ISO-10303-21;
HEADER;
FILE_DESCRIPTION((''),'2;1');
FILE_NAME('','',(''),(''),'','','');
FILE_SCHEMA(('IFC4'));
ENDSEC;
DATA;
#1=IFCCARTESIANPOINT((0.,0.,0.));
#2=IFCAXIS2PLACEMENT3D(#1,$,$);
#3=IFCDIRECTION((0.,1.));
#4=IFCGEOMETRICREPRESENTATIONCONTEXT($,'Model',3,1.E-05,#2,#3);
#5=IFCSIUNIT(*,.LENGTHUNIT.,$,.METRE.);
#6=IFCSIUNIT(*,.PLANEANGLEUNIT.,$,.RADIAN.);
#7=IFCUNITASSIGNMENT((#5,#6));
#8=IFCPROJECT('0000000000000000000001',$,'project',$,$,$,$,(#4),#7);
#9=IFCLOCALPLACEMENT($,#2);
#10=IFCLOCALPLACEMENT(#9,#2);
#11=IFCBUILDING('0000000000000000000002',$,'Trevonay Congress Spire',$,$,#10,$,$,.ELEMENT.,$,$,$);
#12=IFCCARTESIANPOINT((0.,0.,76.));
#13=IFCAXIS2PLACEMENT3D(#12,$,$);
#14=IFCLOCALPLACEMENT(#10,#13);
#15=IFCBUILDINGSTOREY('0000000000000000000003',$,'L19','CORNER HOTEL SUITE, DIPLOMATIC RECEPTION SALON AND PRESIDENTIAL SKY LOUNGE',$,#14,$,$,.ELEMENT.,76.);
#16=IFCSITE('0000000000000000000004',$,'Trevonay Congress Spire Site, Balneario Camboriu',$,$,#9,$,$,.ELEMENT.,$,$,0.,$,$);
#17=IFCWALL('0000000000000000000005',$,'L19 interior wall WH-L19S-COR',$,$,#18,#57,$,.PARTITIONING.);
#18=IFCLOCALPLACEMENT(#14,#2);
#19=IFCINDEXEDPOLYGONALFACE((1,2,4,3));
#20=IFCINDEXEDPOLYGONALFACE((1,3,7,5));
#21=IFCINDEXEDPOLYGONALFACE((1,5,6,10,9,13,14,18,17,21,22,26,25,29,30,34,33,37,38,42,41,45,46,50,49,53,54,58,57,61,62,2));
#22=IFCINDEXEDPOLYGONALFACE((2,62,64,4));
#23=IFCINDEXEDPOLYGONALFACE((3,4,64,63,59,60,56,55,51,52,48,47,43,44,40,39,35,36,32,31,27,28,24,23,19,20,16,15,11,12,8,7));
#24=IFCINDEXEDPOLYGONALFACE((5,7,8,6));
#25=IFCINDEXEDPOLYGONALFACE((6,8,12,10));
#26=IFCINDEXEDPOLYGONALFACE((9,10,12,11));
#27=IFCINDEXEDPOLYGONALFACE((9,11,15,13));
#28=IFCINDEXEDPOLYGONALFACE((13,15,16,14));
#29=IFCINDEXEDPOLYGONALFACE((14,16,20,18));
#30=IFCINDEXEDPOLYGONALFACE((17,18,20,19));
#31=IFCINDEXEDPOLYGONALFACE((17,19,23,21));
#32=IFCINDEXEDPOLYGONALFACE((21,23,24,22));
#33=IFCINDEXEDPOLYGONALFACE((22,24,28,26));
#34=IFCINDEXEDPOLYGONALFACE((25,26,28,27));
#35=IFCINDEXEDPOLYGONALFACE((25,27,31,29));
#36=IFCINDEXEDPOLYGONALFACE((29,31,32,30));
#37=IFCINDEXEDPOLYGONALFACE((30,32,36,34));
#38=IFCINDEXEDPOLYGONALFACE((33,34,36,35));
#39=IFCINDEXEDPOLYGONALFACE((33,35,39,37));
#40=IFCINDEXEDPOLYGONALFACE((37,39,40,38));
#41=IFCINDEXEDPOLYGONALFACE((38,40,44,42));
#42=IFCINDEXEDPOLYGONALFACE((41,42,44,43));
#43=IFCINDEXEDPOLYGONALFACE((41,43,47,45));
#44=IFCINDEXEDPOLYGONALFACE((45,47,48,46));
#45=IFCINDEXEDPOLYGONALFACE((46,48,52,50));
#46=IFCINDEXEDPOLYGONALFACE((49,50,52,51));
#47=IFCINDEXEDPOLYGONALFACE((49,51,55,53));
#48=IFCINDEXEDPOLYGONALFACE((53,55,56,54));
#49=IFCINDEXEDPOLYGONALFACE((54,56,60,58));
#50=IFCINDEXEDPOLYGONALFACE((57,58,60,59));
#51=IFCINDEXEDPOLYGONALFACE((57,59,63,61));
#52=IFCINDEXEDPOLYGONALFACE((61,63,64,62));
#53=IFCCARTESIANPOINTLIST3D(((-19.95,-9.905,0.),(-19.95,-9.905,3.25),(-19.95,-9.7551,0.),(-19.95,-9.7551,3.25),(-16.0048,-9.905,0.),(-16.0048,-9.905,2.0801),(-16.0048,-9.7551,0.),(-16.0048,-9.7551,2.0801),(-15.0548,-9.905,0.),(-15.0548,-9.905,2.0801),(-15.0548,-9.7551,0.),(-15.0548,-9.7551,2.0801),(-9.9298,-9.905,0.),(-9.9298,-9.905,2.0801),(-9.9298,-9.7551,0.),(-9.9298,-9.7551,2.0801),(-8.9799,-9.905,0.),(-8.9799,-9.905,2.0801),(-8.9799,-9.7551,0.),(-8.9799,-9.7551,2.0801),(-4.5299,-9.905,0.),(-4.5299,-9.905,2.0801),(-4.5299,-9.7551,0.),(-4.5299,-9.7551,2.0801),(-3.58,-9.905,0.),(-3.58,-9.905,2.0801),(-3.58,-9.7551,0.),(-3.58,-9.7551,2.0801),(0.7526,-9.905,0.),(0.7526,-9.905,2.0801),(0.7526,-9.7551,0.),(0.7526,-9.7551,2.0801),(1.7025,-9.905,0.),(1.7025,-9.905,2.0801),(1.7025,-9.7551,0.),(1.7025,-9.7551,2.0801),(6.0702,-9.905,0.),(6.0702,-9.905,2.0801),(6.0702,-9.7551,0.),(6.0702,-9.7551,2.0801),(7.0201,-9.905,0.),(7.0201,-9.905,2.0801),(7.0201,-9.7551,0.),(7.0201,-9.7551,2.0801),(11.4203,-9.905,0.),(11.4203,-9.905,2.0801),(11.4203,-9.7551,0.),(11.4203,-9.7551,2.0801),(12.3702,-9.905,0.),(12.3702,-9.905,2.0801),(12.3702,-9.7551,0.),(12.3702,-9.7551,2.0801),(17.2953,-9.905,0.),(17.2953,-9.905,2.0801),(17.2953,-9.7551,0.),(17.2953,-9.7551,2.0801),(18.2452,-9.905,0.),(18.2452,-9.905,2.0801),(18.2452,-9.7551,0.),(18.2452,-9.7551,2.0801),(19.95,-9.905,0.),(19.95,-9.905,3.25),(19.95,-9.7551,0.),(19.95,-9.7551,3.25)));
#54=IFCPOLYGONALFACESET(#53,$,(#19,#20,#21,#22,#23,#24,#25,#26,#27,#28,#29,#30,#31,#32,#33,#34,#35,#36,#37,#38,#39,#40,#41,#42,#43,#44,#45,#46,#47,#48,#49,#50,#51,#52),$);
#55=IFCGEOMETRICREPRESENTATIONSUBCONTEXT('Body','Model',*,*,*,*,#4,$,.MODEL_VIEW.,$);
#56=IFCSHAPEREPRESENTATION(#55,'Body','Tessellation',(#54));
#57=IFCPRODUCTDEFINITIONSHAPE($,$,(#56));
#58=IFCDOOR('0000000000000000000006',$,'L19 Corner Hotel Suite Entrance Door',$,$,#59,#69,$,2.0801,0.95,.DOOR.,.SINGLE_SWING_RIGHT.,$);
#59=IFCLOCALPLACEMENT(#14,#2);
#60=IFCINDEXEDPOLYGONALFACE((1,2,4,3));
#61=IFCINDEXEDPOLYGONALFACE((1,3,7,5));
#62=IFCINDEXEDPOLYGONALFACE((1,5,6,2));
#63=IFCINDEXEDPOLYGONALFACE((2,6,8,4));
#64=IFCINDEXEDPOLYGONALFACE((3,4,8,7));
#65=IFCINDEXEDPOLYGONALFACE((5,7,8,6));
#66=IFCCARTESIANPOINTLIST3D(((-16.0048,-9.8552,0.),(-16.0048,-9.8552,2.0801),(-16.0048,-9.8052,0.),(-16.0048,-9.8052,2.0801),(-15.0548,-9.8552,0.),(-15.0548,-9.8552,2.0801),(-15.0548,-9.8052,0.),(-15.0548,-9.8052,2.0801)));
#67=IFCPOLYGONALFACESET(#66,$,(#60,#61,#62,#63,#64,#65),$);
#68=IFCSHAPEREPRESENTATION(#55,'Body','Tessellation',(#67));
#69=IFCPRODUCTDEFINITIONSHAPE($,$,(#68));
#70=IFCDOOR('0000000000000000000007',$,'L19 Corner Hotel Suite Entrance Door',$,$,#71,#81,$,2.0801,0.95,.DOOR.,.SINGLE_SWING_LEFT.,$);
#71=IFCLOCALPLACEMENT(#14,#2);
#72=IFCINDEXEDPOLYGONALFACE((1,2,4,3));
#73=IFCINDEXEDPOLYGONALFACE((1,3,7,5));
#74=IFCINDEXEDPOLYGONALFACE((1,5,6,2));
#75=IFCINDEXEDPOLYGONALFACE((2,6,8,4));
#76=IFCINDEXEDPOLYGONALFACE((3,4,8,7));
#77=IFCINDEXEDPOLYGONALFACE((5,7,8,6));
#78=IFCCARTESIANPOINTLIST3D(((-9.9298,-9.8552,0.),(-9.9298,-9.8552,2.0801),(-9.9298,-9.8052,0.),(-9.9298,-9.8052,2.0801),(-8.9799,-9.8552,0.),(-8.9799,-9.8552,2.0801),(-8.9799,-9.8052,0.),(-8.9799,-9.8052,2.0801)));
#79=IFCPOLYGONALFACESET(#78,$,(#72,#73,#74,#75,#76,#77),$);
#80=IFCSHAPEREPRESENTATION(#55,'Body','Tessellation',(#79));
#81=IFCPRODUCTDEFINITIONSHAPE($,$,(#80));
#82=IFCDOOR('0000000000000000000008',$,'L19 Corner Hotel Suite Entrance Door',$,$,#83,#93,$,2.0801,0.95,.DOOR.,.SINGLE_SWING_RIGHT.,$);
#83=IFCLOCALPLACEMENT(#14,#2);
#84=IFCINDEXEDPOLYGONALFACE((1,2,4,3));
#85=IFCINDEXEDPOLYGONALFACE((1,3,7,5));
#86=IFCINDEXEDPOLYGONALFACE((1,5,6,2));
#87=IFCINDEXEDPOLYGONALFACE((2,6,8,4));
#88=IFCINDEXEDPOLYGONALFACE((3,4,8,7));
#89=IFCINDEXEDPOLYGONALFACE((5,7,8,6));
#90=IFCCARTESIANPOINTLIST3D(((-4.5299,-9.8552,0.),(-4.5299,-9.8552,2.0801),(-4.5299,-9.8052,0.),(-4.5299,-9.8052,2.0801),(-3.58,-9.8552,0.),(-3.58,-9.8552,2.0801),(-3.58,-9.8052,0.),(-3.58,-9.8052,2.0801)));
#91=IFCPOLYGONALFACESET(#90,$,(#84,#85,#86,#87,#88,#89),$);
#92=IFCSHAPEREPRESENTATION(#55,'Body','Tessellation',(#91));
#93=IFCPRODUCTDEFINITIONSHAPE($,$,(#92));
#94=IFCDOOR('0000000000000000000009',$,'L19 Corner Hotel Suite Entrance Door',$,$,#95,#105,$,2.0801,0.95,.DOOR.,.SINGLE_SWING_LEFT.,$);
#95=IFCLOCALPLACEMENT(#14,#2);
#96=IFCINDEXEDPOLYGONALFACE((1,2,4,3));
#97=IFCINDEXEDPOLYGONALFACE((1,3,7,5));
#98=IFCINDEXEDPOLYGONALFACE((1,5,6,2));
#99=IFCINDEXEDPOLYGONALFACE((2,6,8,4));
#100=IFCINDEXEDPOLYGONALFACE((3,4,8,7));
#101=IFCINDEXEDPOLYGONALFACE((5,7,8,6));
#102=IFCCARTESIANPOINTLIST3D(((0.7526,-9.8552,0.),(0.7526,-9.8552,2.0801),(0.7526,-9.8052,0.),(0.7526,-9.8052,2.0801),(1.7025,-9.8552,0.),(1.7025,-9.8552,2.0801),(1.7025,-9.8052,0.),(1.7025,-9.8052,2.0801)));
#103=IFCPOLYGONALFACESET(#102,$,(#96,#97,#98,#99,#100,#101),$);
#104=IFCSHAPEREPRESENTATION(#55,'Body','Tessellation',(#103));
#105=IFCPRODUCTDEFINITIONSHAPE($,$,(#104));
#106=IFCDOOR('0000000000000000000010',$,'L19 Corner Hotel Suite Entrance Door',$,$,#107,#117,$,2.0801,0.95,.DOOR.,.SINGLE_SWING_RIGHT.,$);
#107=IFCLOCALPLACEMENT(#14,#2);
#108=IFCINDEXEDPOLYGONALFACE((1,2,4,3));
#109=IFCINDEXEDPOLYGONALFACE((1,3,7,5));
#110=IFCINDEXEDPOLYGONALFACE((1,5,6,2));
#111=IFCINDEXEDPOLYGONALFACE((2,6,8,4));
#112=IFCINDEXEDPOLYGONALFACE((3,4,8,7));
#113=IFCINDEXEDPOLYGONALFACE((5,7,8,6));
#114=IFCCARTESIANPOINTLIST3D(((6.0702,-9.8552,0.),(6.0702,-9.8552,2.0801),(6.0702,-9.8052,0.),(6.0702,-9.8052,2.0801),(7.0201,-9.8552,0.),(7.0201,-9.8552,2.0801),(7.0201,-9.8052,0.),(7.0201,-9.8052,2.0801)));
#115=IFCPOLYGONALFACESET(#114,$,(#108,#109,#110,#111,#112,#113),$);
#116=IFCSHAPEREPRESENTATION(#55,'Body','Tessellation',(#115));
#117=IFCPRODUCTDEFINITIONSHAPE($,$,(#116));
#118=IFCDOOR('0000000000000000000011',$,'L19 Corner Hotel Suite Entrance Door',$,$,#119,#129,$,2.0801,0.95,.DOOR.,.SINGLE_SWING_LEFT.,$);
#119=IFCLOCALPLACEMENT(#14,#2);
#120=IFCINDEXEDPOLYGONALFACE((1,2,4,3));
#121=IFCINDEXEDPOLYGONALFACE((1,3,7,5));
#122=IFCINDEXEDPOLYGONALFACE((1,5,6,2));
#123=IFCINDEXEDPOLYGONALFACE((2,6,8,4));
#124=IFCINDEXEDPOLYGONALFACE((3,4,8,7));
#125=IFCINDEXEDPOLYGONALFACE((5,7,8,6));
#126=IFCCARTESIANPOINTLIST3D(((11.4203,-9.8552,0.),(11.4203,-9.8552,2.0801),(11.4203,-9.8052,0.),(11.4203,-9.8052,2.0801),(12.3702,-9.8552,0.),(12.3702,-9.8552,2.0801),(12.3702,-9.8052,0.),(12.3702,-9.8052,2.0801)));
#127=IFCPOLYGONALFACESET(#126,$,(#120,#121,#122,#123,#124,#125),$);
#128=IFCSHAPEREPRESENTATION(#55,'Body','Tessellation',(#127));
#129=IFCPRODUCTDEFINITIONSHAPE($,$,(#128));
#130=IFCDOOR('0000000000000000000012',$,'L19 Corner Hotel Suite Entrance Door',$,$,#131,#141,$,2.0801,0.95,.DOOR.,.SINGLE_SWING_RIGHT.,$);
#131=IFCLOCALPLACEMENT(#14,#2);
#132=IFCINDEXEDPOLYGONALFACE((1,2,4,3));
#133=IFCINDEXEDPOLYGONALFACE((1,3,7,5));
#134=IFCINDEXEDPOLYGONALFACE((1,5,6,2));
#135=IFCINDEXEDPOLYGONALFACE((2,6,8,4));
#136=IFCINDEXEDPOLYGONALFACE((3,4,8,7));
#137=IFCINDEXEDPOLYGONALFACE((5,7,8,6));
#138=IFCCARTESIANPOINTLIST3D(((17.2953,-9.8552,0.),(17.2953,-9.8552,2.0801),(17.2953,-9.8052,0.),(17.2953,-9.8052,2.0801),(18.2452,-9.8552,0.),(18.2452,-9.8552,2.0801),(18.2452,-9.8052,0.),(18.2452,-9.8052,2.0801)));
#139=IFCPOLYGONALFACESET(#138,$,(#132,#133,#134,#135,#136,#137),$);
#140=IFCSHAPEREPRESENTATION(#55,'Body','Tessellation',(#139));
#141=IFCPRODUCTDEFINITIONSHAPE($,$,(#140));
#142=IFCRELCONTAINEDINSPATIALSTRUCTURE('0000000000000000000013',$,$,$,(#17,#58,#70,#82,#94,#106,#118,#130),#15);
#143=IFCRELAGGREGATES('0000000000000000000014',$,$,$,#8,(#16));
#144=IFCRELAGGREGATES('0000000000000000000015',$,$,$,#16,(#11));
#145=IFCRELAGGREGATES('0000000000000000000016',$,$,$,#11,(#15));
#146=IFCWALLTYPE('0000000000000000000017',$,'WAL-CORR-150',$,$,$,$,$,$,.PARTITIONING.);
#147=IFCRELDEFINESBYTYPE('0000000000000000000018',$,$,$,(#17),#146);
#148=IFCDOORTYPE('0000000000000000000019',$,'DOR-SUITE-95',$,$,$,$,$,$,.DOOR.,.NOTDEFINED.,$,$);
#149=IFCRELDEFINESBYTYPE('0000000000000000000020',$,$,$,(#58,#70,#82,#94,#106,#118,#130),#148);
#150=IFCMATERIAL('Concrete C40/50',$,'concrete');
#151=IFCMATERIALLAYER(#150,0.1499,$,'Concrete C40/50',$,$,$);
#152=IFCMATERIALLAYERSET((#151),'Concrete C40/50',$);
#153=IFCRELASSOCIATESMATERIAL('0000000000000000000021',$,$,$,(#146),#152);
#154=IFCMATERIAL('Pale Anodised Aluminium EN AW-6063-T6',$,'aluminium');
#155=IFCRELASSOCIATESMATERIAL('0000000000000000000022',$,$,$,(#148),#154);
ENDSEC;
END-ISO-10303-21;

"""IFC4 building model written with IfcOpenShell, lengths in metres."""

from ifc_helpers import new_model, si_unit, direction, frame, frame_2d, origin, place, context, subcontext, project, spatial, rectangle, extrude, material, layer, layer_set, type_object, element, fill, save


model = new_model("IFC4")

# Units and contexts
model_context = context("Model", 3, precision=1e-05, world=origin(), true_north=direction((0.0, 1.0)))
body_context = subcontext(model_context, "Body", "Model", "MODEL_VIEW")
ifc_project = project(units=[si_unit("LENGTHUNIT", "METRE"), si_unit("PLANEANGLEUNIT", "RADIAN")], contexts=[model_context])

# Site, building, storey
site_placement = place(None, origin())
site = spatial("IfcSite", under=ifc_project, at=site_placement, Name="Trevonay Congress Spire Site, Balneario Camboriu", CompositionType="ELEMENT", RefElevation=0.0)
building_placement = place(site_placement, origin())
building = spatial("IfcBuilding", under=site, at=building_placement, Name="Trevonay Congress Spire", CompositionType="ELEMENT")
storey_placement = place(building_placement, frame((0.0, 0.0, 76.0)))
storey = spatial("IfcBuildingStorey", under=building, at=storey_placement, Name="L19", Description="CORNER HOTEL SUITE, DIPLOMATIC RECEPTION SALON AND PRESIDENTIAL SKY LOUNGE", CompositionType="ELEMENT", Elevation=76.0)

# Shared definitions
ifc_material_1 = material(Name="Pale Anodised Aluminium EN AW-6063-T6", Category="aluminium")

# Shared definitions
ifc_material_2 = material(Name="Concrete C40/50", Category="concrete")

# Wall, openings, doors
ifc_layer_1 = layer(ifc_material_2, 0.1499, Name="Concrete C40/50")
ifc_layer_set_1 = layer_set([ifc_layer_1], Name="Concrete C40/50")
wall_type_1 = type_object("IfcWallType", Name="WAL-CORR-150", PredefinedType="PARTITIONING", material=ifc_layer_set_1)
wall_1_placement = place(storey_placement, frame((-19.95, -9.8301, 0.0), z_axis=(0.0, 0.0, 1.0), x_axis=(1.0, 0.0, 0.0)))
wall_1 = element("IfcWall", 1, at=wall_1_placement, inside=storey, type_object=wall_type_1, Name="L19 interior wall WH-L19S-COR", PredefinedType="PARTITIONING", context=body_context, shape_type="SweptSolid", body=[
    extrude(rectangle(XDim=39.8999, YDim=0.1499, at=frame_2d((19.95, 0.0))), origin(), (0.0, 0.0, 1.0), 3.25),
])
opening_1_placement = place(wall_1_placement, frame((3.9451, 0.0, 0.0)))
opening_1 = element("IfcOpeningElement", 2, at=opening_1_placement, cuts=wall_1, PredefinedType="OPENING", context=body_context, shape_type="SweptSolid", body=[
    extrude(rectangle(XDim=0.95, YDim=2.0801, at=frame_2d((0.4751, 1.04))), frame((0.0, 0.085, 0.0), z_axis=(0.0, -1.0, 0.0), x_axis=(1.0, 0.0, 0.0)), (0.0, 0.0, 1.0), 0.1699),
])
opening_2_placement = place(wall_1_placement, frame((10.02, 0.0, 0.0)))
opening_2 = element("IfcOpeningElement", 3, at=opening_2_placement, cuts=wall_1, PredefinedType="OPENING", context=body_context, shape_type="SweptSolid", body=[
    extrude(rectangle(XDim=0.95, YDim=2.0801, at=frame_2d((0.4751, 1.04))), frame((0.0, 0.085, 0.0), z_axis=(0.0, -1.0, 0.0), x_axis=(1.0, 0.0, 0.0)), (0.0, 0.0, 1.0), 0.1699),
])
opening_3_placement = place(wall_1_placement, frame((15.4199, 0.0, 0.0)))
opening_3 = element("IfcOpeningElement", 4, at=opening_3_placement, cuts=wall_1, PredefinedType="OPENING", context=body_context, shape_type="SweptSolid", body=[
    extrude(rectangle(XDim=0.95, YDim=2.0801, at=frame_2d((0.4751, 1.04))), frame((0.0, 0.085, 0.0), z_axis=(0.0, -1.0, 0.0), x_axis=(1.0, 0.0, 0.0)), (0.0, 0.0, 1.0), 0.1699),
])
opening_4_placement = place(wall_1_placement, frame((20.7024, 0.0, 0.0)))
opening_4 = element("IfcOpeningElement", 5, at=opening_4_placement, cuts=wall_1, PredefinedType="OPENING", context=body_context, shape_type="SweptSolid", body=[
    extrude(rectangle(XDim=0.95, YDim=2.0801, at=frame_2d((0.4751, 1.04))), frame((0.0, 0.085, 0.0), z_axis=(0.0, -1.0, 0.0), x_axis=(1.0, 0.0, 0.0)), (0.0, 0.0, 1.0), 0.1699),
])
opening_5_placement = place(wall_1_placement, frame((26.02, 0.0, 0.0)))
opening_5 = element("IfcOpeningElement", 6, at=opening_5_placement, cuts=wall_1, PredefinedType="OPENING", context=body_context, shape_type="SweptSolid", body=[
    extrude(rectangle(XDim=0.95, YDim=2.0801, at=frame_2d((0.4751, 1.04))), frame((0.0, 0.085, 0.0), z_axis=(0.0, -1.0, 0.0), x_axis=(1.0, 0.0, 0.0)), (0.0, 0.0, 1.0), 0.1699),
])
opening_6_placement = place(wall_1_placement, frame((31.3701, 0.0, 0.0)))
opening_6 = element("IfcOpeningElement", 7, at=opening_6_placement, cuts=wall_1, PredefinedType="OPENING", context=body_context, shape_type="SweptSolid", body=[
    extrude(rectangle(XDim=0.95, YDim=2.0801, at=frame_2d((0.4751, 1.04))), frame((0.0, 0.085, 0.0), z_axis=(0.0, -1.0, 0.0), x_axis=(1.0, 0.0, 0.0)), (0.0, 0.0, 1.0), 0.1699),
])
opening_7_placement = place(wall_1_placement, frame((37.2451, 0.0, 0.0)))
opening_7 = element("IfcOpeningElement", 8, at=opening_7_placement, cuts=wall_1, PredefinedType="OPENING", context=body_context, shape_type="SweptSolid", body=[
    extrude(rectangle(XDim=0.95, YDim=2.0801, at=frame_2d((0.4751, 1.04))), frame((0.0, 0.085, 0.0), z_axis=(0.0, -1.0, 0.0), x_axis=(1.0, 0.0, 0.0)), (0.0, 0.0, 1.0), 0.1699),
])
door_type_1 = type_object("IfcDoorType", Name="DOR-SUITE-95", OperationType="NOTDEFINED", PredefinedType="DOOR", material=ifc_material_1)
door_1_placement = place(opening_1_placement, origin())
door_1 = element("IfcDoor", 9, at=door_1_placement, inside=storey, type_object=door_type_1, Name="L19 Corner Hotel Suite Entrance Door", OperationType="SINGLE_SWING_RIGHT", OverallHeight=2.0801, OverallWidth=0.95, PredefinedType="DOOR", context=body_context, shape_type="SweptSolid", body=[
    extrude(rectangle(XDim=0.95, YDim=2.0801, at=frame_2d((0.4751, 1.04))), frame((0.0, 0.0249, 0.0), z_axis=(0.0, -1.0, 0.0), x_axis=(1.0, 0.0, 0.0)), (0.0, 0.0, 1.0), 0.05),
])
fill(opening_1, door_1)
door_2_placement = place(opening_2_placement, origin())
door_2 = element("IfcDoor", 10, at=door_2_placement, inside=storey, type_object=door_type_1, Name="L19 Corner Hotel Suite Entrance Door", OperationType="SINGLE_SWING_LEFT", OverallHeight=2.0801, OverallWidth=0.95, PredefinedType="DOOR", context=body_context, shape_type="SweptSolid", body=[
    extrude(rectangle(XDim=0.95, YDim=2.0801, at=frame_2d((0.4751, 1.04))), frame((0.0, 0.0249, 0.0), z_axis=(0.0, -1.0, 0.0), x_axis=(1.0, 0.0, 0.0)), (0.0, 0.0, 1.0), 0.05),
])
fill(opening_2, door_2)
door_3_placement = place(opening_3_placement, origin())
door_3 = element("IfcDoor", 11, at=door_3_placement, inside=storey, type_object=door_type_1, Name="L19 Corner Hotel Suite Entrance Door", OperationType="SINGLE_SWING_RIGHT", OverallHeight=2.0801, OverallWidth=0.95, PredefinedType="DOOR", context=body_context, shape_type="SweptSolid", body=[
    extrude(rectangle(XDim=0.95, YDim=2.0801, at=frame_2d((0.4751, 1.04))), frame((0.0, 0.0249, 0.0), z_axis=(0.0, -1.0, 0.0), x_axis=(1.0, 0.0, 0.0)), (0.0, 0.0, 1.0), 0.05),
])
fill(opening_3, door_3)
door_4_placement = place(opening_4_placement, origin())
door_4 = element("IfcDoor", 12, at=door_4_placement, inside=storey, type_object=door_type_1, Name="L19 Corner Hotel Suite Entrance Door", OperationType="SINGLE_SWING_LEFT", OverallHeight=2.0801, OverallWidth=0.95, PredefinedType="DOOR", context=body_context, shape_type="SweptSolid", body=[
    extrude(rectangle(XDim=0.95, YDim=2.0801, at=frame_2d((0.4751, 1.04))), frame((0.0, 0.0249, 0.0), z_axis=(0.0, -1.0, 0.0), x_axis=(1.0, 0.0, 0.0)), (0.0, 0.0, 1.0), 0.05),
])
fill(opening_4, door_4)
door_5_placement = place(opening_5_placement, origin())
door_5 = element("IfcDoor", 13, at=door_5_placement, inside=storey, type_object=door_type_1, Name="L19 Corner Hotel Suite Entrance Door", OperationType="SINGLE_SWING_RIGHT", OverallHeight=2.0801, OverallWidth=0.95, PredefinedType="DOOR", context=body_context, shape_type="SweptSolid", body=[
    extrude(rectangle(XDim=0.95, YDim=2.0801, at=frame_2d((0.4751, 1.04))), frame((0.0, 0.0249, 0.0), z_axis=(0.0, -1.0, 0.0), x_axis=(1.0, 0.0, 0.0)), (0.0, 0.0, 1.0), 0.05),
])
fill(opening_5, door_5)
door_6_placement = place(opening_6_placement, origin())
door_6 = element("IfcDoor", 14, at=door_6_placement, inside=storey, type_object=door_type_1, Name="L19 Corner Hotel Suite Entrance Door", OperationType="SINGLE_SWING_LEFT", OverallHeight=2.0801, OverallWidth=0.95, PredefinedType="DOOR", context=body_context, shape_type="SweptSolid", body=[
    extrude(rectangle(XDim=0.95, YDim=2.0801, at=frame_2d((0.4751, 1.04))), frame((0.0, 0.0249, 0.0), z_axis=(0.0, -1.0, 0.0), x_axis=(1.0, 0.0, 0.0)), (0.0, 0.0, 1.0), 0.05),
])
fill(opening_6, door_6)
door_7_placement = place(opening_7_placement, origin())
door_7 = element("IfcDoor", 15, at=door_7_placement, inside=storey, type_object=door_type_1, Name="L19 Corner Hotel Suite Entrance Door", OperationType="SINGLE_SWING_RIGHT", OverallHeight=2.0801, OverallWidth=0.95, PredefinedType="DOOR", context=body_context, shape_type="SweptSolid", body=[
    extrude(rectangle(XDim=0.95, YDim=2.0801, at=frame_2d((0.4751, 1.04))), frame((0.0, 0.0249, 0.0), z_axis=(0.0, -1.0, 0.0), x_axis=(1.0, 0.0, 0.0)), (0.0, 0.0, 1.0), 0.05),
])
fill(opening_7, door_7)

save(model, "model.ifc")
